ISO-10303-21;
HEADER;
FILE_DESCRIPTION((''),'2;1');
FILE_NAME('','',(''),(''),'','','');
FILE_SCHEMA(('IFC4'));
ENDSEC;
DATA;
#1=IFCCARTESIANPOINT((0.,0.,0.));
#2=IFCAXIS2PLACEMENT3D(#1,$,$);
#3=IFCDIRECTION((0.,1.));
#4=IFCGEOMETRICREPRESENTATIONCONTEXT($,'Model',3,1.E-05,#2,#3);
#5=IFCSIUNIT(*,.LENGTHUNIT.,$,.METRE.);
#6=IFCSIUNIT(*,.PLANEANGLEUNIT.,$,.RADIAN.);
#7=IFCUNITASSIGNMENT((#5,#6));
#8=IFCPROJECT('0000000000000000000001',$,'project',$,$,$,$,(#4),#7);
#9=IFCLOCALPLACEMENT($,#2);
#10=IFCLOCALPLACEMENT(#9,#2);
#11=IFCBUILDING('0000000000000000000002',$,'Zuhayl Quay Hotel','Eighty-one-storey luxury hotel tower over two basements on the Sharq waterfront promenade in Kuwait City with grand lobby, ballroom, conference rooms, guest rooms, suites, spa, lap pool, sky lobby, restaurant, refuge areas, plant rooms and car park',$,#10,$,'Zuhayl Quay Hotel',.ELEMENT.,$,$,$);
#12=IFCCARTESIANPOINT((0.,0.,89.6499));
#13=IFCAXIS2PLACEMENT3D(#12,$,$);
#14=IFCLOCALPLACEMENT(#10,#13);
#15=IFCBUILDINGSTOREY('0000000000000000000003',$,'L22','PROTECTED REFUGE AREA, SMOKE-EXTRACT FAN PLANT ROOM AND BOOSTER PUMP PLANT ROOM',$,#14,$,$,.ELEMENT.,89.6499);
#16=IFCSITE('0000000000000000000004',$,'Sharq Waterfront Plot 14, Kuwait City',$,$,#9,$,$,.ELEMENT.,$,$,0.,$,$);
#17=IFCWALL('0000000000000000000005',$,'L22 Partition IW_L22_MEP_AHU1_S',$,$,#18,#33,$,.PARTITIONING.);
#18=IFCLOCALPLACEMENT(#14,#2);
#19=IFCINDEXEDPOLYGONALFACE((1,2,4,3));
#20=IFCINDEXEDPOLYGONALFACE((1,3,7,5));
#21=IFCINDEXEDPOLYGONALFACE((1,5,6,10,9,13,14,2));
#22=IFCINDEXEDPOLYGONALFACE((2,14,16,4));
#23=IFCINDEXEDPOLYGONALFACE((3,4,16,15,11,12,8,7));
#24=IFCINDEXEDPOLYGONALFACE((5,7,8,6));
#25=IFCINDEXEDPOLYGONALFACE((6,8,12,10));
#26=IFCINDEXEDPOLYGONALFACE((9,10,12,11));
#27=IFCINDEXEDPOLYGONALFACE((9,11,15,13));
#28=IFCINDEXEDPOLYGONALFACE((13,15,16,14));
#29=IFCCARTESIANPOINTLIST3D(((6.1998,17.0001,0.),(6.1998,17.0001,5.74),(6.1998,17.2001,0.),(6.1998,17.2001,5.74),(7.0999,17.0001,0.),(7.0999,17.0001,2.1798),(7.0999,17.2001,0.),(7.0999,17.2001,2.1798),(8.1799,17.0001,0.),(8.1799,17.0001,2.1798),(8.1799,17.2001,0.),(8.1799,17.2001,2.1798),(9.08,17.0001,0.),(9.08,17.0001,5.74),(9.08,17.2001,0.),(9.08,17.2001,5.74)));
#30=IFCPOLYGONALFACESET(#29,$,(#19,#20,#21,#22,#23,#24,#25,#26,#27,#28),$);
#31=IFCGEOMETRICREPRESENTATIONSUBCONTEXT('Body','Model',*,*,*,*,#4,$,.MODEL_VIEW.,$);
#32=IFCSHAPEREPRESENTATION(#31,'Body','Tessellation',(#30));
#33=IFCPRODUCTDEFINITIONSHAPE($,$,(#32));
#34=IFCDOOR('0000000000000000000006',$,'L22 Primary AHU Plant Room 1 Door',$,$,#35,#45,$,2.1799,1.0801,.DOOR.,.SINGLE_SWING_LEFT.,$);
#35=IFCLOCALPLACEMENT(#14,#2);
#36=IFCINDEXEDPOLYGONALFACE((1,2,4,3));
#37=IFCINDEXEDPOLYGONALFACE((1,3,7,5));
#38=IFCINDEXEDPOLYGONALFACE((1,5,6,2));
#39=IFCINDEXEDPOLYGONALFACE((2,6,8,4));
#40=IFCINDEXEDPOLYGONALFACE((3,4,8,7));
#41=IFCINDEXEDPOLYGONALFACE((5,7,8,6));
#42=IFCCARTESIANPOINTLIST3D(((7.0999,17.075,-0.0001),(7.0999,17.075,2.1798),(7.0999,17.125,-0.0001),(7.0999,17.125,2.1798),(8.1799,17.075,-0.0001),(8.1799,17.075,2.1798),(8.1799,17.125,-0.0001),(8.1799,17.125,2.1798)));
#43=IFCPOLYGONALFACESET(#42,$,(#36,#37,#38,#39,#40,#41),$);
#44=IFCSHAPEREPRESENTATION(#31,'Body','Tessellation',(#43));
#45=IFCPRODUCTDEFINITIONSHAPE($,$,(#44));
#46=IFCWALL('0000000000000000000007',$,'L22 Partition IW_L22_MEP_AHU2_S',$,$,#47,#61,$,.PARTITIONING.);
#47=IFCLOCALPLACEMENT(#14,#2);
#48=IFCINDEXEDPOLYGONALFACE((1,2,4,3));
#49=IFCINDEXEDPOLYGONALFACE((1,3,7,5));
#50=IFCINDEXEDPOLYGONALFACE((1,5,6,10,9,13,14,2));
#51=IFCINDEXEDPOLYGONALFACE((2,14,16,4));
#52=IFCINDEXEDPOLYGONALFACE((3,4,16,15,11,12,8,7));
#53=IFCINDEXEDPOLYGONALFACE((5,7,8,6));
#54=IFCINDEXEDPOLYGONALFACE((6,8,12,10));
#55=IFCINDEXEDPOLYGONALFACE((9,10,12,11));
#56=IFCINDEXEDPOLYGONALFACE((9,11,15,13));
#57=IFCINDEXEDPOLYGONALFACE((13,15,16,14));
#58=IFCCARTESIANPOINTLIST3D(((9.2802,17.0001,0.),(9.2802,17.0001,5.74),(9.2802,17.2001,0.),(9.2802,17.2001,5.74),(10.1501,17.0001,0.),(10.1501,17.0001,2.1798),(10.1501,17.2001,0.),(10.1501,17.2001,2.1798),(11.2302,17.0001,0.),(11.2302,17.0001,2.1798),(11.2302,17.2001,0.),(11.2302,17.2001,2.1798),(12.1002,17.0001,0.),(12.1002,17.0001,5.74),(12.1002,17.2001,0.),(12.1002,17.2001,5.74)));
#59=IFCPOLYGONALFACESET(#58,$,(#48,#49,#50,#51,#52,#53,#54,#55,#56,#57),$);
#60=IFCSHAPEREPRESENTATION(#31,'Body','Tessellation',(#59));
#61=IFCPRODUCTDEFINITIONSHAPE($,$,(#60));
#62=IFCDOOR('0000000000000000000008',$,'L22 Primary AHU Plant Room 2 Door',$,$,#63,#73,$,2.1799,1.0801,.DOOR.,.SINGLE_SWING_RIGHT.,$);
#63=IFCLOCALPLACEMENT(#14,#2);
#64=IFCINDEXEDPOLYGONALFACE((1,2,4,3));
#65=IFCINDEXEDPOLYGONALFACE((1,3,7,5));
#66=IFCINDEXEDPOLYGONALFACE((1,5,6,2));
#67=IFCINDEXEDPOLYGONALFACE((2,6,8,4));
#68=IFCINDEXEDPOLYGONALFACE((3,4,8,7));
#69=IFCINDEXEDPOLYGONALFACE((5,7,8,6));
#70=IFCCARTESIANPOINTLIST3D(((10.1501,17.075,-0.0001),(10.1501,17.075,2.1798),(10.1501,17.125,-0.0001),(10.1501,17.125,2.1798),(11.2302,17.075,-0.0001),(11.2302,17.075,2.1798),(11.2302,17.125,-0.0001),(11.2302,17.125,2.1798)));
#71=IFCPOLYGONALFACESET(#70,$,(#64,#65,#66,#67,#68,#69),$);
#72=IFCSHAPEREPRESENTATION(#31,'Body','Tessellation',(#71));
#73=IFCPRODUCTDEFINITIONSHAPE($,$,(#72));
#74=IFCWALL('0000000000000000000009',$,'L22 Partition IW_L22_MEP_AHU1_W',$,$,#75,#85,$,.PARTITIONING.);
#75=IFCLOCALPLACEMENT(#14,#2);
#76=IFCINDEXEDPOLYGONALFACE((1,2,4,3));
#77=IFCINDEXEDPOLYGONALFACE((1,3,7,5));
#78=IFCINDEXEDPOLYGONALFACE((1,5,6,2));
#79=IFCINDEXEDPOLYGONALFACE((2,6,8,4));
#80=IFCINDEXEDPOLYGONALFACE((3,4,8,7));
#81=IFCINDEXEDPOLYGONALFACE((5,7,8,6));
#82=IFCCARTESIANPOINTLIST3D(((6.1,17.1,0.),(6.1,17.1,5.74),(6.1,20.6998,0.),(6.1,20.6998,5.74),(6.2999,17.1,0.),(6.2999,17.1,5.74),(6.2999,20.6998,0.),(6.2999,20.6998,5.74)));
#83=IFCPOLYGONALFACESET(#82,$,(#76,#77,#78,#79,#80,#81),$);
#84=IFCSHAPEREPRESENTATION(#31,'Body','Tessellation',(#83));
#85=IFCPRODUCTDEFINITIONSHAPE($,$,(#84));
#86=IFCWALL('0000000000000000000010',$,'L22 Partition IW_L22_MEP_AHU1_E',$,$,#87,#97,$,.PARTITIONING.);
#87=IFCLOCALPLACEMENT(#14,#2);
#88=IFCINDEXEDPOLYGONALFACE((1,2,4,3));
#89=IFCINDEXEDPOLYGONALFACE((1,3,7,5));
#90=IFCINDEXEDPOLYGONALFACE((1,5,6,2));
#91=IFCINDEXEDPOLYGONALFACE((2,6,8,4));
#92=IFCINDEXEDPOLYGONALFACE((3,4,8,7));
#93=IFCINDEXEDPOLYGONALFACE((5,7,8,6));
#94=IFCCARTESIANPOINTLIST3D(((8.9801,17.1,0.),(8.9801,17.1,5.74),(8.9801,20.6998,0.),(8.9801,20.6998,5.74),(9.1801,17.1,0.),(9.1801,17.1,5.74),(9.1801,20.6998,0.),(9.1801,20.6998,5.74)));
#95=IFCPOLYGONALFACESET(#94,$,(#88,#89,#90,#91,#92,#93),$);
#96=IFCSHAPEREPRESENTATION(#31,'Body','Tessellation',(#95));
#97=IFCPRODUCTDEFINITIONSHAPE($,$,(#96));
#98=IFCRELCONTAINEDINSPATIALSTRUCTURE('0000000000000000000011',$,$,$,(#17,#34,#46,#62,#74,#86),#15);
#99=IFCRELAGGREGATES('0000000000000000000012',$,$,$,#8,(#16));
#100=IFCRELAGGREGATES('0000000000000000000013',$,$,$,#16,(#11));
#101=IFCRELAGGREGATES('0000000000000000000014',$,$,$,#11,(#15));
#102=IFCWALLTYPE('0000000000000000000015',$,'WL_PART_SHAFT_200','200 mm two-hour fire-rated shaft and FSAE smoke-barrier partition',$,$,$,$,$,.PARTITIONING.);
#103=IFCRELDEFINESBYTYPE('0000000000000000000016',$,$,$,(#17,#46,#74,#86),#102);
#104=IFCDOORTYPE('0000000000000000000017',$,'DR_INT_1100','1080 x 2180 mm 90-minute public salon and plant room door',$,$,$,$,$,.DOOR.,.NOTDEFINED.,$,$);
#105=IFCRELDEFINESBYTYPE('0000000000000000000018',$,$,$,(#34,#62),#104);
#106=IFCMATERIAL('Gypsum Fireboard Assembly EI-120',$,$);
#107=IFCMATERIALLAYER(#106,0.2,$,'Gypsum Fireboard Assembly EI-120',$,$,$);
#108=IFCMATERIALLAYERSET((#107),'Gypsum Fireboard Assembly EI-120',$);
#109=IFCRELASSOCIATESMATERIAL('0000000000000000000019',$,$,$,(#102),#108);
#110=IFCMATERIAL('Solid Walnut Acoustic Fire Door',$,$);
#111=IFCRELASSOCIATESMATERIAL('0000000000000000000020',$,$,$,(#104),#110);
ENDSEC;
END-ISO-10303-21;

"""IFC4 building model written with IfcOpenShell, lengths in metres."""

from ifc_helpers import new_model, si_unit, direction, frame, frame_2d, origin, place, context, subcontext, project, spatial, rectangle, extrude, material, layer, layer_set, type_object, element, fill, save


model = new_model("IFC4")

# Units and contexts
model_context = context("Model", 3, precision=1e-05, world=origin(), true_north=direction((0.0, 1.0)))
body_context = subcontext(model_context, "Body", "Model", "MODEL_VIEW")
ifc_project = project(units=[si_unit("LENGTHUNIT", "METRE"), si_unit("PLANEANGLEUNIT", "RADIAN")], contexts=[model_context])

# Site, building, storey
site_placement = place(None, origin())
site = spatial("IfcSite", under=ifc_project, at=site_placement, Name="Sharq Waterfront Plot 14, Kuwait City", CompositionType="ELEMENT", RefElevation=0.0)
building_placement = place(site_placement, origin())
building = spatial("IfcBuilding", under=site, at=building_placement, Name="Zuhayl Quay Hotel", Description="Eighty-one-storey luxury hotel tower over two basements on the Sharq waterfront promenade in Kuwait City with grand lobby, ballroom, conference rooms, guest rooms, suites, spa, lap pool, sky lobby, restaurant, refuge areas, plant rooms and car park", LongName="Zuhayl Quay Hotel", CompositionType="ELEMENT")
storey_placement = place(building_placement, frame((0.0, 0.0, 89.6499)))
storey = spatial("IfcBuildingStorey", under=building, at=storey_placement, Name="L22", Description="PROTECTED REFUGE AREA, SMOKE-EXTRACT FAN PLANT ROOM AND BOOSTER PUMP PLANT ROOM", CompositionType="ELEMENT", Elevation=89.6499)

# Walls, openings, doors
ifc_material_1 = material(Name="Gypsum Fireboard Assembly EI-120")
ifc_layer_1 = layer(ifc_material_1, 0.2, Name="Gypsum Fireboard Assembly EI-120")
ifc_layer_set_1 = layer_set([ifc_layer_1], Name="Gypsum Fireboard Assembly EI-120")
wall_type = type_object("IfcWallType", Name="WL_PART_SHAFT_200", Description="200 mm two-hour fire-rated shaft and FSAE smoke-barrier partition", PredefinedType="PARTITIONING", material=ifc_layer_set_1)
wall_1_placement = place(storey_placement, frame((6.2, 17.1001, 0.0), z_axis=(0.0, 0.0, 1.0), x_axis=(1.0, 0.0, 0.0)))
wall_1 = element("IfcWall", 1, at=wall_1_placement, inside=storey, type_object=wall_type, Name="L22 Partition IW_L22_MEP_AHU1_S", PredefinedType="PARTITIONING", context=body_context, shape_type="SweptSolid", body=[
    extrude(rectangle(XDim=2.8801, YDim=0.2, at=frame_2d((1.4399, 0.0))), origin(), (0.0, 0.0, 1.0), 5.74),
])
opening_1_placement = place(wall_1_placement, frame((0.8999, 0.0, 0.0)))
opening_1 = element("IfcOpeningElement", 2, at=opening_1_placement, cuts=wall_1, PredefinedType="OPENING", context=body_context, shape_type="SweptSolid", body=[
    extrude(rectangle(XDim=1.0801, YDim=2.1799, at=frame_2d((0.54, 1.0898))), frame((0.0, 0.1099, 0.0), z_axis=(0.0, -1.0, 0.0), x_axis=(1.0, 0.0, 0.0)), (0.0, 0.0, 1.0), 0.22),
])
ifc_material_2 = material(Name="Solid Walnut Acoustic Fire Door")
door_type = type_object("IfcDoorType", Name="DR_INT_1100", Description="1080 x 2180 mm 90-minute public salon and plant room door", OperationType="NOTDEFINED", PredefinedType="DOOR", material=ifc_material_2)
door_1_placement = place(opening_1_placement, origin())
door_1 = element("IfcDoor", 3, at=door_1_placement, inside=storey, type_object=door_type, Name="L22 Primary AHU Plant Room 1 Door", OperationType="SINGLE_SWING_LEFT", OverallHeight=2.1799, OverallWidth=1.0801, PredefinedType="DOOR", context=body_context, shape_type="SweptSolid", body=[
    extrude(rectangle(XDim=1.0801, YDim=2.1799, at=frame_2d((0.54, 1.0898))), frame((0.0, 0.0249, 0.0), z_axis=(0.0, -1.0, 0.0), x_axis=(1.0, 0.0, 0.0)), (0.0, 0.0, 1.0), 0.05),
])
fill(opening_1, door_1)
wall_2_placement = place(storey_placement, frame((9.28, 17.1001, 0.0), z_axis=(0.0, 0.0, 1.0), x_axis=(1.0, 0.0, 0.0)))
wall_2 = element("IfcWall", 4, at=wall_2_placement, inside=storey, type_object=wall_type, Name="L22 Partition IW_L22_MEP_AHU2_S", PredefinedType="PARTITIONING", context=body_context, shape_type="SweptSolid", body=[
    extrude(rectangle(XDim=2.8201, YDim=0.2, at=frame_2d((1.4102, 0.0))), origin(), (0.0, 0.0, 1.0), 5.74),
])
opening_2_placement = place(wall_2_placement, frame((0.8701, 0.0, 0.0)))
opening_2 = element("IfcOpeningElement", 5, at=opening_2_placement, cuts=wall_2, PredefinedType="OPENING", context=body_context, shape_type="SweptSolid", body=[
    extrude(rectangle(XDim=1.0801, YDim=2.1799, at=frame_2d((0.54, 1.0898))), frame((0.0, 0.1099, 0.0), z_axis=(0.0, -1.0, 0.0), x_axis=(1.0, 0.0, 0.0)), (0.0, 0.0, 1.0), 0.22),
])
door_2_placement = place(opening_2_placement, origin())
door_2 = element("IfcDoor", 6, at=door_2_placement, inside=storey, type_object=door_type, Name="L22 Primary AHU Plant Room 2 Door", OperationType="SINGLE_SWING_RIGHT", OverallHeight=2.1799, OverallWidth=1.0801, PredefinedType="DOOR", context=body_context, shape_type="SweptSolid", body=[
    extrude(rectangle(XDim=1.0801, YDim=2.1799, at=frame_2d((0.54, 1.0898))), frame((0.0, 0.0249, 0.0), z_axis=(0.0, -1.0, 0.0), x_axis=(1.0, 0.0, 0.0)), (0.0, 0.0, 1.0), 0.05),
])
fill(opening_2, door_2)

# Walls
for number, where, z_axis, x_axis, name in (
    (7, (6.2, 17.1001, 0.0), (0.0, 0.0, 1.0), (0.0, 1.0, 0.0), "L22 Partition IW_L22_MEP_AHU1_W"),
    (8, (9.0801, 17.1001, 0.0), (0.0, 0.0, 1.0), (0.0, 1.0, 0.0), "L22 Partition IW_L22_MEP_AHU1_E"),
):
    element("IfcWall", number, at=place(storey_placement, frame(where, z_axis=z_axis, x_axis=x_axis)), inside=storey, type_object=wall_type, Name=name, PredefinedType="PARTITIONING", context=body_context, shape_type="SweptSolid", body=[
        extrude(rectangle(XDim=3.5999, YDim=0.2, at=frame_2d((1.7998, 0.0))), origin(), (0.0, 0.0, 1.0), 5.74),
    ])

save(model, "model.ifc")
